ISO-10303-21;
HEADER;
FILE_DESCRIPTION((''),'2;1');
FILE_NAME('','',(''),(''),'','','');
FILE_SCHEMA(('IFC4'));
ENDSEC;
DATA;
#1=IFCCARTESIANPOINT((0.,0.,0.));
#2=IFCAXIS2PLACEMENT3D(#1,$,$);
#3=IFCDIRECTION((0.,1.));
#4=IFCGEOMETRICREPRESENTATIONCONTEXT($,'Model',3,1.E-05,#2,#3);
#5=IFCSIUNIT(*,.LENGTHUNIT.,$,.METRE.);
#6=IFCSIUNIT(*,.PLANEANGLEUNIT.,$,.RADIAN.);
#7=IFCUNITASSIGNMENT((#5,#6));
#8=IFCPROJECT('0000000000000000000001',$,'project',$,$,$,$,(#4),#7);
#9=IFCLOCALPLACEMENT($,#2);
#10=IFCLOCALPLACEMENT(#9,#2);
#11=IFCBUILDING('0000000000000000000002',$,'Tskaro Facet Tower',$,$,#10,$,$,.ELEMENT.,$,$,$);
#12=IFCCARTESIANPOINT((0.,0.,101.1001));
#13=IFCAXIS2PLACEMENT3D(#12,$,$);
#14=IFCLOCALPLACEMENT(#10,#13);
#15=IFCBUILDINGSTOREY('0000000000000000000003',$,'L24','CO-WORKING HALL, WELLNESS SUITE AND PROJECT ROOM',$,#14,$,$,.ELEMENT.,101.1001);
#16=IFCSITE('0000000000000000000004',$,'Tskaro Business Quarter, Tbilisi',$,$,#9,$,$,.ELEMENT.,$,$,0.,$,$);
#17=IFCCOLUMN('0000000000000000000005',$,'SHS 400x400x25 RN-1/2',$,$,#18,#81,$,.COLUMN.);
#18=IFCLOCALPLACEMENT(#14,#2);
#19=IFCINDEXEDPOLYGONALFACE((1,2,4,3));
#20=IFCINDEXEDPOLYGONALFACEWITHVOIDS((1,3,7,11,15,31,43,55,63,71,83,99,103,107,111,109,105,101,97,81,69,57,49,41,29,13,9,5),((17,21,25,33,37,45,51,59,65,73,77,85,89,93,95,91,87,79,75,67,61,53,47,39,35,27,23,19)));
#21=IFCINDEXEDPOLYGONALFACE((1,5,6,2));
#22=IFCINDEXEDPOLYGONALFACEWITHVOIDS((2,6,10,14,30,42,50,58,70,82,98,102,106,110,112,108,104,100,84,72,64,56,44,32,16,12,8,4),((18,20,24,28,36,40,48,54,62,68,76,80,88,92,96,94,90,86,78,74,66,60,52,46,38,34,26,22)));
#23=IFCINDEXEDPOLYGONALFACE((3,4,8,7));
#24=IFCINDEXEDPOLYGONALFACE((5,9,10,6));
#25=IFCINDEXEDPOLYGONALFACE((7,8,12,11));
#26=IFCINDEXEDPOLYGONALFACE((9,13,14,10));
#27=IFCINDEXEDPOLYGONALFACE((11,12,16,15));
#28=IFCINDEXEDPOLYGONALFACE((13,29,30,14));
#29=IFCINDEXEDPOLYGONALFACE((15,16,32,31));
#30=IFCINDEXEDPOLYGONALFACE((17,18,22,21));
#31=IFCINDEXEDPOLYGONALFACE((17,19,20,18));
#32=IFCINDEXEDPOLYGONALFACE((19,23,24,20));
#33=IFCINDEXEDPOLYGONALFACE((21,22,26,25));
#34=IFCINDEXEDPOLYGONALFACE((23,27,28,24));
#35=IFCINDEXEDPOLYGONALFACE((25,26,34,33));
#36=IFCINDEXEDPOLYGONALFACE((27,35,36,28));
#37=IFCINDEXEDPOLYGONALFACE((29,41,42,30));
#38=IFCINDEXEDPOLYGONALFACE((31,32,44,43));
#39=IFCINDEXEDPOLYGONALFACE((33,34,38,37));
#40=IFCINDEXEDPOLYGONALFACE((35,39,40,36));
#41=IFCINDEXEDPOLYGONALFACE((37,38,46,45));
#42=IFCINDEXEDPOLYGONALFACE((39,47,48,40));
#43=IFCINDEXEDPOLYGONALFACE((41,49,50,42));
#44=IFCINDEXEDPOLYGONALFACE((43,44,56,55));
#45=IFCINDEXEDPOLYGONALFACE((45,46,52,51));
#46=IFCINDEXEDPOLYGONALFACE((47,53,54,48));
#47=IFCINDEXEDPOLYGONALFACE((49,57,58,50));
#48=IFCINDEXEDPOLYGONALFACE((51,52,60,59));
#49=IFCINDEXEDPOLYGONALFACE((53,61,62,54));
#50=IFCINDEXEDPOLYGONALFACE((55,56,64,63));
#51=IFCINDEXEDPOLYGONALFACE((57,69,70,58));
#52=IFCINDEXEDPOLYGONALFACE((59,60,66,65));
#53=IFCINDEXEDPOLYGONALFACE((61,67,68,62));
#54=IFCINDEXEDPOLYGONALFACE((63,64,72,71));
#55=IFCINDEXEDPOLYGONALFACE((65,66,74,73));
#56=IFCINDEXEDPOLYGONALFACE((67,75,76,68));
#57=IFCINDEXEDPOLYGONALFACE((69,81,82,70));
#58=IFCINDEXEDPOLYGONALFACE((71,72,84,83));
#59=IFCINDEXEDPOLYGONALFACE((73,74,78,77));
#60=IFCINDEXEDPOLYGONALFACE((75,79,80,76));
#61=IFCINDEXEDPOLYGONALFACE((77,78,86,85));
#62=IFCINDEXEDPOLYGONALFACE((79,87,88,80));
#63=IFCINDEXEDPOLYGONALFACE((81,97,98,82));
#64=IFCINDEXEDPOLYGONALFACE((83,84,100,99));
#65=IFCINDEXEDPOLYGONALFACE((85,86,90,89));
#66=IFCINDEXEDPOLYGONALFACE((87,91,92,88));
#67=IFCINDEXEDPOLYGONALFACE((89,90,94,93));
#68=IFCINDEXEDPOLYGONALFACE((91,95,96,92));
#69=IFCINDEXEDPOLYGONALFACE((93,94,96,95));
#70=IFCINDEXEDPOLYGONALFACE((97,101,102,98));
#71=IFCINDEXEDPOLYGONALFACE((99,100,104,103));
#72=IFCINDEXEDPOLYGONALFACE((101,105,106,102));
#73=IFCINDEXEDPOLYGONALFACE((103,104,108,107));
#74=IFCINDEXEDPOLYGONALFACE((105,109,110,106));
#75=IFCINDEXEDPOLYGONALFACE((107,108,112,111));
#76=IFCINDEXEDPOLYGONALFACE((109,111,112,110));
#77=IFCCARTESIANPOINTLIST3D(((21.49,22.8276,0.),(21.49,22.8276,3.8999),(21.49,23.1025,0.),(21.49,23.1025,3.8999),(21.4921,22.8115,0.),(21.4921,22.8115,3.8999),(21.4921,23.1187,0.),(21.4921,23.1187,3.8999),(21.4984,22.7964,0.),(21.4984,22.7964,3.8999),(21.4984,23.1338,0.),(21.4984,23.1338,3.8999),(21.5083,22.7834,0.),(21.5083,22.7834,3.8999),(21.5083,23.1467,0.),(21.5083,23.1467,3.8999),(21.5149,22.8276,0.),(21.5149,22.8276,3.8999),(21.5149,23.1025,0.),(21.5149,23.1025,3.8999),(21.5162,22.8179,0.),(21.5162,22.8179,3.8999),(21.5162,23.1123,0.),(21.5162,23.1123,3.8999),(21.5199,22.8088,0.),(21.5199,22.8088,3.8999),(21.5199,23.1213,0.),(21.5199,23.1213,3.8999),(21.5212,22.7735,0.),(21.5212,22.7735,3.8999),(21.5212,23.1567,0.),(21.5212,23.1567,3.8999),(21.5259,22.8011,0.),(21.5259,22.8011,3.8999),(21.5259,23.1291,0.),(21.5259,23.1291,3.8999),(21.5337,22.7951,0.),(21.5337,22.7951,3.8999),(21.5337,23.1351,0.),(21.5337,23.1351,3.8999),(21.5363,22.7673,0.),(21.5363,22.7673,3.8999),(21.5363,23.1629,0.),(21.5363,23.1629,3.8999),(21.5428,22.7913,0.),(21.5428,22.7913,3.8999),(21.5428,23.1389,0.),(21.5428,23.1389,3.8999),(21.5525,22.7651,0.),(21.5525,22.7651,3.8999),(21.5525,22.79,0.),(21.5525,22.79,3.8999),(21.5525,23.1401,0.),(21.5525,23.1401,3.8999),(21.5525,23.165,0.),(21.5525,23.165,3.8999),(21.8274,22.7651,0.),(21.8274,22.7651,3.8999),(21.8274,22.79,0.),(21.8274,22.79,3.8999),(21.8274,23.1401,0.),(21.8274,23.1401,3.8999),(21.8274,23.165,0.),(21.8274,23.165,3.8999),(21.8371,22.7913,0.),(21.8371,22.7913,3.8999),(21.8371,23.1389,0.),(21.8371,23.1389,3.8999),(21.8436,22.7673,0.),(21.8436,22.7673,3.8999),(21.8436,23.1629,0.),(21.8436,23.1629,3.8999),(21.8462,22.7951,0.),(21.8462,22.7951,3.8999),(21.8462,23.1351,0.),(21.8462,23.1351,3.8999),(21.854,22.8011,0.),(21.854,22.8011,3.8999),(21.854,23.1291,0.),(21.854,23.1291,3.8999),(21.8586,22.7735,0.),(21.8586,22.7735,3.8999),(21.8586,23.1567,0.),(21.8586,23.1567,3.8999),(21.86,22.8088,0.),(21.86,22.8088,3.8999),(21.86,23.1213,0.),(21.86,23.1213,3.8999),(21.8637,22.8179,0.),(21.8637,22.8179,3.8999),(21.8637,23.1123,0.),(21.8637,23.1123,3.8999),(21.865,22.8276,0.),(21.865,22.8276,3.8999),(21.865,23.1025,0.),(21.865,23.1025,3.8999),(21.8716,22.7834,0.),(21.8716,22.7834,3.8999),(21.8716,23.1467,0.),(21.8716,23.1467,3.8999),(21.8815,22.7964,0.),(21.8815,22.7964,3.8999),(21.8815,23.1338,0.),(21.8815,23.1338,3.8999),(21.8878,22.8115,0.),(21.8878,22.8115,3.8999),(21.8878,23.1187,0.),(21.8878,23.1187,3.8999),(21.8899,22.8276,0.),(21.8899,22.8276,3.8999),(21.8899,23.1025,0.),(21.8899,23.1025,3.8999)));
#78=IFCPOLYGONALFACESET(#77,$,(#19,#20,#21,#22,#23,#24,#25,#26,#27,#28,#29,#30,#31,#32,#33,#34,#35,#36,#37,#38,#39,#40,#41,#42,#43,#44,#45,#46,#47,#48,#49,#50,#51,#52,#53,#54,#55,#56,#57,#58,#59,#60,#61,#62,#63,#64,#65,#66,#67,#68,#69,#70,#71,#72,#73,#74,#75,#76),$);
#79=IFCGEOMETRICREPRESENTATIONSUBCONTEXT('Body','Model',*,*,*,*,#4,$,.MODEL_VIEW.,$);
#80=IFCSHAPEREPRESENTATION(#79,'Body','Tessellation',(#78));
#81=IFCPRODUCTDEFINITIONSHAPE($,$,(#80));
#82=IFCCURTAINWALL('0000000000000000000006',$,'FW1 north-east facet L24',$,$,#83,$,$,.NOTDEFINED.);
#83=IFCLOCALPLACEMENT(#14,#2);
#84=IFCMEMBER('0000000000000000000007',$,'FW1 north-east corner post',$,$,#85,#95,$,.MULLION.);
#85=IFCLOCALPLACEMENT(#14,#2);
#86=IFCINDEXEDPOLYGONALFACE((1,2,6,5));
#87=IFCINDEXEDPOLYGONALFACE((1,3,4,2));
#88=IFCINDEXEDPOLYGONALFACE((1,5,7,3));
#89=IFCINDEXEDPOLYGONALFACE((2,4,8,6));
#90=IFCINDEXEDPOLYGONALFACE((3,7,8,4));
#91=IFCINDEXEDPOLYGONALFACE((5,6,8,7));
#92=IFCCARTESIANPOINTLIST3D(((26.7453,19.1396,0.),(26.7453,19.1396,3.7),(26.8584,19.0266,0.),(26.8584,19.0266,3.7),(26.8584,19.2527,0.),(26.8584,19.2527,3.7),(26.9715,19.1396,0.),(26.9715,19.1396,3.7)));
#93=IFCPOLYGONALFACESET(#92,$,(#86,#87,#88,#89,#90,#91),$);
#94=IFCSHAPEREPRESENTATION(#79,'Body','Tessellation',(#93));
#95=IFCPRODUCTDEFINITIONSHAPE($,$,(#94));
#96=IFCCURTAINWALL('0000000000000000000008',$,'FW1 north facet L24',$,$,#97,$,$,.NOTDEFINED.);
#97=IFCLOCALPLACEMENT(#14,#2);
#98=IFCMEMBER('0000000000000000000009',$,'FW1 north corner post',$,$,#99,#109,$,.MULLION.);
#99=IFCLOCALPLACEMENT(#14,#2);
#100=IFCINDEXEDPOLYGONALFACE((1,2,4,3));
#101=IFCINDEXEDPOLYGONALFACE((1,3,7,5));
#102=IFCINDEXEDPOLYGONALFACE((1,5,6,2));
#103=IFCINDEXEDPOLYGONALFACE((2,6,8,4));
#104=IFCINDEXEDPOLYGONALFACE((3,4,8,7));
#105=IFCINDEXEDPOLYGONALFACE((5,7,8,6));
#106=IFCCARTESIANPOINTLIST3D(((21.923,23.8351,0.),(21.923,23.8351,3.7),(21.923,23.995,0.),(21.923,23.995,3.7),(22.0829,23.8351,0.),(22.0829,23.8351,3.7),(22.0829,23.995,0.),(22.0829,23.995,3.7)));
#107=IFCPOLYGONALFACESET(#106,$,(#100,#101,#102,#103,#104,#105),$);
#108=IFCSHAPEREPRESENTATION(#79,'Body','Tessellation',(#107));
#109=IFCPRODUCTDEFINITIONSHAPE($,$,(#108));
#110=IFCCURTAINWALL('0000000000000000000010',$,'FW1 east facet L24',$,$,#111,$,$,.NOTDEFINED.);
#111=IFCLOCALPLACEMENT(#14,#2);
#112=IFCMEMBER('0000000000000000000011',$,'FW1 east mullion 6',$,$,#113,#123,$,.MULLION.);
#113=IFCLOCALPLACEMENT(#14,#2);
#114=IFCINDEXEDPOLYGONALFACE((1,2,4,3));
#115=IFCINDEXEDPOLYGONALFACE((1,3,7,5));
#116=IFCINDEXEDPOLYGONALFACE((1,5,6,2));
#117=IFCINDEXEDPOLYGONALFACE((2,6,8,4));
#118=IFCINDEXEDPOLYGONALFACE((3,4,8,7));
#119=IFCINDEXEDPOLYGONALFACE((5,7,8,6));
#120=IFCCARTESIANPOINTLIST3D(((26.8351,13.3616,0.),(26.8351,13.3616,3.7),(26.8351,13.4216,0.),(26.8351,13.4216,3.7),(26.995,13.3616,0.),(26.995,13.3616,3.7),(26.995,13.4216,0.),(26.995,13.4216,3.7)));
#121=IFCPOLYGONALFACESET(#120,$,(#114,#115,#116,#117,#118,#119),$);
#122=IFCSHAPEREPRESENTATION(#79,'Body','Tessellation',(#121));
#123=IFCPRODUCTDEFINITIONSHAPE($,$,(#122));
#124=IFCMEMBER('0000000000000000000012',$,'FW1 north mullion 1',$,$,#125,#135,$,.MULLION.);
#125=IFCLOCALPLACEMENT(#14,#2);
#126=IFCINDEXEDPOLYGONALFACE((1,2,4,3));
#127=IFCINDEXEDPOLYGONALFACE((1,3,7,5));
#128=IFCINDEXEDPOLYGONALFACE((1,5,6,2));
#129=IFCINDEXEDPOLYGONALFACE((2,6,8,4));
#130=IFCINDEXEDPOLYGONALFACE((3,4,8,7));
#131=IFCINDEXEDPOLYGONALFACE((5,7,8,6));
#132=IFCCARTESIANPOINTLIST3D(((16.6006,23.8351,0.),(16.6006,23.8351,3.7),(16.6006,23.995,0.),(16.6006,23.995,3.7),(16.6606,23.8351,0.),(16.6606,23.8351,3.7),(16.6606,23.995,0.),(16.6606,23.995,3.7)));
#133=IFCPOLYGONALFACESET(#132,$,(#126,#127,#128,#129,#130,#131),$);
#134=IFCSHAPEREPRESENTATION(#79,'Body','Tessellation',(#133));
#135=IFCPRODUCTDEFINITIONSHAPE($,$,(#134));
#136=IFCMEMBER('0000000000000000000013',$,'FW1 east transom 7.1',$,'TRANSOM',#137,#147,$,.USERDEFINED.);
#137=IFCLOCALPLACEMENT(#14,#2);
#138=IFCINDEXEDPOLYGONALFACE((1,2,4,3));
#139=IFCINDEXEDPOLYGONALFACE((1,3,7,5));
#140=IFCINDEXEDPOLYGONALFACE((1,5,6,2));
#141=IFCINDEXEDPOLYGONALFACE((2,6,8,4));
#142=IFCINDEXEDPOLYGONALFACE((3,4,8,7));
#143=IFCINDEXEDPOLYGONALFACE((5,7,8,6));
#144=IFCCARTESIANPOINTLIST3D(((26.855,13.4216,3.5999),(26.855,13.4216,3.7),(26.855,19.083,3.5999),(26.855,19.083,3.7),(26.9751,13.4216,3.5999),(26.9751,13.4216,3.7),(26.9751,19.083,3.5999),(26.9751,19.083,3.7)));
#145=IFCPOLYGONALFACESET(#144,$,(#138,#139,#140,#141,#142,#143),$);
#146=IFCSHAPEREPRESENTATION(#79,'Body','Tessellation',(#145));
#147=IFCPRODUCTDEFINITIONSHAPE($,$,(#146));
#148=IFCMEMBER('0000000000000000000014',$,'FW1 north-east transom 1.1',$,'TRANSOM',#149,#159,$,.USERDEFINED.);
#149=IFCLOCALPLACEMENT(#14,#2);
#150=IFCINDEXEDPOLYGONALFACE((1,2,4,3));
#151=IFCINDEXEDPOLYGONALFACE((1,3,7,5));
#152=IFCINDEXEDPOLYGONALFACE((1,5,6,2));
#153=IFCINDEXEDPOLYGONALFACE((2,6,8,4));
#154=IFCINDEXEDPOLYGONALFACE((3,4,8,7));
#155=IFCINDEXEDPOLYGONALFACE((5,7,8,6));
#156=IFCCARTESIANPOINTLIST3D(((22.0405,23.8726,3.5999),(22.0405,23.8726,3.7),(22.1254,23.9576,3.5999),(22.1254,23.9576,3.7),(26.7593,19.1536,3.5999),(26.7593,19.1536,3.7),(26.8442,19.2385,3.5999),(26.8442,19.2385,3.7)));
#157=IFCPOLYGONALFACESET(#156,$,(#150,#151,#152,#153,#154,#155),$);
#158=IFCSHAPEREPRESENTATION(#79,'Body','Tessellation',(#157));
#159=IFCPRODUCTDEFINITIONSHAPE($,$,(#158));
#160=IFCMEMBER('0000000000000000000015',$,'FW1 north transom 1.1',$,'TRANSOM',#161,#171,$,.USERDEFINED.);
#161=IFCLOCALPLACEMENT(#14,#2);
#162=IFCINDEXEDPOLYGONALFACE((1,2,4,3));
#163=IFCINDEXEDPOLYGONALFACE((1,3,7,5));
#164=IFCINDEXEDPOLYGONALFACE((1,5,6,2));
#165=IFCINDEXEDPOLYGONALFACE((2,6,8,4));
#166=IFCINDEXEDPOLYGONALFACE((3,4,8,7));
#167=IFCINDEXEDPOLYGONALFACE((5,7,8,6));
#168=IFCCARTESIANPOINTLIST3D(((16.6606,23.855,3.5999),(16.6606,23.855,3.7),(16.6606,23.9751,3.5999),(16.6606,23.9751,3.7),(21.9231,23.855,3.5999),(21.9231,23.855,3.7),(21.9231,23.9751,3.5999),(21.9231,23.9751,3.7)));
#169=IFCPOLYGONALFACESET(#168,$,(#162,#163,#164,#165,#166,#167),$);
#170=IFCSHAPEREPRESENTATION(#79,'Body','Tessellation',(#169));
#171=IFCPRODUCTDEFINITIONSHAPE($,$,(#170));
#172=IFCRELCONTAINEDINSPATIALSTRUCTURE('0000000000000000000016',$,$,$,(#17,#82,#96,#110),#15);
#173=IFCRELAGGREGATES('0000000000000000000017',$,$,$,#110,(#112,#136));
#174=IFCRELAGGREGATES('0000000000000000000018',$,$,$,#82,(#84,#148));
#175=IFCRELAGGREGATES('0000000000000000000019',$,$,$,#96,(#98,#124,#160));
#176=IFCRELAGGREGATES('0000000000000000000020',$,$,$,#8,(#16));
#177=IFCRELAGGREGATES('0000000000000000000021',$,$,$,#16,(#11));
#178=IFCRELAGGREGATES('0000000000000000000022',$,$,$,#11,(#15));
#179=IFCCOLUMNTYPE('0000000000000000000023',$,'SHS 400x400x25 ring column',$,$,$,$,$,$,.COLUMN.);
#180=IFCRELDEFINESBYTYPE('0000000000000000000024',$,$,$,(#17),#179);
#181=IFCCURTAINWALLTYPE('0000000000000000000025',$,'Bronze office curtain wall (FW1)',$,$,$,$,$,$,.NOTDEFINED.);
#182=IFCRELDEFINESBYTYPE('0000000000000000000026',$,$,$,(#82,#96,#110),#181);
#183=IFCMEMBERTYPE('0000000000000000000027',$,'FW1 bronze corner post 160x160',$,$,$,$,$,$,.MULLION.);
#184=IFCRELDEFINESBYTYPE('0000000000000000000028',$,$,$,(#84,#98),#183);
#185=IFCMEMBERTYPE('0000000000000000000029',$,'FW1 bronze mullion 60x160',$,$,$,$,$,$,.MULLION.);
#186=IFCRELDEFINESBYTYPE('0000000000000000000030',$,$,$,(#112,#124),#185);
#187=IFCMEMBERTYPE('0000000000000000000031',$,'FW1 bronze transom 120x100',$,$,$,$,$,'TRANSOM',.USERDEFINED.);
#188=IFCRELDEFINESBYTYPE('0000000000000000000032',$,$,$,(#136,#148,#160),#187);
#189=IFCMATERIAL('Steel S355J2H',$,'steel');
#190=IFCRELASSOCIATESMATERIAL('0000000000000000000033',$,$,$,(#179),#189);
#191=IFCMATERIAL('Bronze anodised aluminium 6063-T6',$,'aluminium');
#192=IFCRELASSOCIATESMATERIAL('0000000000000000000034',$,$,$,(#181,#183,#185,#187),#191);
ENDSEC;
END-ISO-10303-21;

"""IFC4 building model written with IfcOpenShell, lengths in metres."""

from ifc_helpers import new_model, si_unit, direction, frame, origin, origin_2d, place, context, subcontext, project, spatial, rectangle, hollow_rectangle, extrude, material, material_profile, profile_set, type_object, element, aggregate, save


model = new_model("IFC4")

# Units and contexts
model_context = context("Model", 3, precision=1e-05, world=origin(), true_north=direction((0.0, 1.0)))
body_context = subcontext(model_context, "Body", "Model", "MODEL_VIEW")
ifc_project = project(units=[si_unit("LENGTHUNIT", "METRE"), si_unit("PLANEANGLEUNIT", "RADIAN")], contexts=[model_context])

# Site, building, storey
site_placement = place(None, origin())
site = spatial("IfcSite", under=ifc_project, at=site_placement, Name="Tskaro Business Quarter, Tbilisi", CompositionType="ELEMENT", RefElevation=0.0)
building_placement = place(site_placement, origin())
building = spatial("IfcBuilding", under=site, at=building_placement, Name="Tskaro Facet Tower", CompositionType="ELEMENT")
storey_placement = place(building_placement, frame((0.0, 0.0, 101.1001)))
storey = spatial("IfcBuildingStorey", under=building, at=storey_placement, Name="L24", Description="CO-WORKING HALL, WELLNESS SUITE AND PROJECT ROOM", CompositionType="ELEMENT", Elevation=101.1001)

# Column
ifc_material_1 = material(Name="Steel S355J2H", Category="steel")
ifc_material_profile_1 = material_profile(ifc_material_1, hollow_rectangle(XDim=0.3999, YDim=0.3999, WallThickness=0.0249, InnerFilletRadius=0.0376, OuterFilletRadius=0.0625, at=origin_2d()), Name="SHS 400x400x25")
ifc_profile_set_1 = profile_set([ifc_material_profile_1], Name="Steel S355J2H")
column_type_1 = type_object("IfcColumnType", Name="SHS 400x400x25 ring column", PredefinedType="COLUMN", material=ifc_profile_set_1)
for number, where, z_axis, x_axis, name in (
    (1, (21.6899, 22.9651, 0.0), (0.0, 0.0, 1.0), (1.0, 0.0, 0.0), "SHS 400x400x25 RN-1/2"),
):
    element("IfcColumn", number, at=place(storey_placement, frame(where, z_axis=z_axis, x_axis=x_axis)), inside=storey, type_object=column_type_1, Name=name, PredefinedType="COLUMN", context=body_context, shape_type="SweptSolid", body=[
        extrude(hollow_rectangle(XDim=0.3999, YDim=0.3999, WallThickness=0.0249, InnerFilletRadius=0.0376, OuterFilletRadius=0.0625, at=origin_2d()), origin(), (0.0, 0.0, 1.0), 3.8999),
    ])

# Curtain walls, members
ifc_material_2 = material(Name="Bronze anodised aluminium 6063-T6", Category="aluminium")
curtain_wall_type = type_object("IfcCurtainWallType", Name="Bronze office curtain wall (FW1)", PredefinedType="NOTDEFINED", material=ifc_material_2)
curtain_wall_1_placement = place(storey_placement, origin())
curtain_wall_1 = element("IfcCurtainWall", 2, at=curtain_wall_1_placement, inside=storey, type_object=curtain_wall_type, Name="FW1 north-east facet L24", PredefinedType="NOTDEFINED")
ifc_material_profile_2 = material_profile(ifc_material_2, rectangle(XDim=0.1599, YDim=0.1599, at=origin_2d()), Name="Corner post 160x160")
ifc_profile_set_2 = profile_set([ifc_material_profile_2], Name="Bronze anodised aluminium 6063-T6")
member_type_1 = type_object("IfcMemberType", Name="FW1 bronze corner post 160x160", PredefinedType="MULLION", material=ifc_profile_set_2)
member_1_placement = place(storey_placement, frame((26.8584, 19.1396, 0.0), z_axis=(0.0, 0.0, 1.0), x_axis=(-0.707107, 0.707107, 0.0)))
member_1 = element("IfcMember", 3, at=member_1_placement, type_object=member_type_1, Name="FW1 north-east corner post", PredefinedType="MULLION", context=body_context, shape_type="SweptSolid", body=[
    extrude(rectangle(XDim=0.1599, YDim=0.1599, at=origin_2d()), origin(), (0.0, 0.0, 1.0), 3.7),
])
curtain_wall_2_placement = place(storey_placement, origin())
curtain_wall_2 = element("IfcCurtainWall", 4, at=curtain_wall_2_placement, inside=storey, type_object=curtain_wall_type, Name="FW1 north facet L24", PredefinedType="NOTDEFINED")
member_2_placement = place(storey_placement, frame((22.0029, 23.915, 0.0), z_axis=(0.0, 0.0, 1.0), x_axis=(-1.0, 0.0, 0.0)))
member_2 = element("IfcMember", 5, at=member_2_placement, type_object=member_type_1, Name="FW1 north corner post", PredefinedType="MULLION", context=body_context, shape_type="SweptSolid", body=[
    extrude(rectangle(XDim=0.1599, YDim=0.1599, at=origin_2d()), origin(), (0.0, 0.0, 1.0), 3.7),
])
curtain_wall_3_placement = place(storey_placement, origin())
curtain_wall_3 = element("IfcCurtainWall", 6, at=curtain_wall_3_placement, inside=storey, type_object=curtain_wall_type, Name="FW1 east facet L24", PredefinedType="NOTDEFINED")
ifc_material_profile_3 = material_profile(ifc_material_2, rectangle(XDim=0.0601, YDim=0.1599, at=origin_2d()), Name="Mullion 60x160")
ifc_profile_set_3 = profile_set([ifc_material_profile_3], Name="Bronze anodised aluminium 6063-T6")
member_type_2 = type_object("IfcMemberType", Name="FW1 bronze mullion 60x160", PredefinedType="MULLION", material=ifc_profile_set_3)
member_3_placement = place(storey_placement, frame((26.915, 13.3916, 0.0), z_axis=(0.0, 0.0, 1.0), x_axis=(0.0, 1.0, 0.0)))
member_3 = element("IfcMember", 7, at=member_3_placement, type_object=member_type_2, Name="FW1 east mullion 6", PredefinedType="MULLION", context=body_context, shape_type="SweptSolid", body=[
    extrude(rectangle(XDim=0.0601, YDim=0.1599, at=origin_2d()), origin(), (0.0, 0.0, 1.0), 3.7),
])

# Members
member_4_placement = place(storey_placement, frame((16.6306, 23.915, 0.0), z_axis=(0.0, 0.0, 1.0), x_axis=(-1.0, 0.0, 0.0)))
member_4 = element("IfcMember", 8, at=member_4_placement, type_object=member_type_2, Name="FW1 north mullion 1", PredefinedType="MULLION", context=body_context, shape_type="SweptSolid", body=[
    extrude(rectangle(XDim=0.0601, YDim=0.1599, at=origin_2d()), origin(), (0.0, 0.0, 1.0), 3.7),
])
ifc_material_profile_4 = material_profile(ifc_material_2, rectangle(XDim=0.1201, YDim=0.1001, at=origin_2d()), Name="Transom 120x100")
ifc_profile_set_4 = profile_set([ifc_material_profile_4], Name="Bronze anodised aluminium 6063-T6")
member_type_3 = type_object("IfcMemberType", Name="FW1 bronze transom 120x100", ElementType="TRANSOM", PredefinedType="USERDEFINED", material=ifc_profile_set_4)
member_5_placement = place(storey_placement, frame((26.915, 13.4216, 3.6499), z_axis=(0.0, 1.0, 0.0), x_axis=(-1.0, 0.0, 0.0)))
member_5 = element("IfcMember", 9, at=member_5_placement, type_object=member_type_3, Name="FW1 east transom 7.1", ObjectType="TRANSOM", PredefinedType="USERDEFINED", context=body_context, shape_type="SweptSolid", body=[
    extrude(rectangle(XDim=0.1201, YDim=0.1001, at=origin_2d()), origin(), (0.0, 0.0, 1.0), 5.6614),
])
member_6_placement = place(storey_placement, frame((26.8018, 19.196, 3.6499), z_axis=(-0.707088, 0.707125, 0.0), x_axis=(-0.707125, -0.707088, 0.0)))
member_6 = element("IfcMember", 10, at=member_6_placement, type_object=member_type_3, Name="FW1 north-east transom 1.1", ObjectType="TRANSOM", PredefinedType="USERDEFINED", context=body_context, shape_type="SweptSolid", body=[
    extrude(rectangle(XDim=0.1201, YDim=0.1001, at=origin_2d()), origin(), (0.0, 0.0, 1.0), 6.6736),
])
member_7_placement = place(storey_placement, frame((21.9231, 23.915, 3.6499), z_axis=(-1.0, 0.0, 0.0), x_axis=(0.0, -1.0, 0.0)))
member_7 = element("IfcMember", 11, at=member_7_placement, type_object=member_type_3, Name="FW1 north transom 1.1", ObjectType="TRANSOM", PredefinedType="USERDEFINED", context=body_context, shape_type="SweptSolid", body=[
    extrude(rectangle(XDim=0.1201, YDim=0.1001, at=origin_2d()), origin(), (0.0, 0.0, 1.0), 5.2625),
])

aggregate(curtain_wall_3, [member_3, member_5])
aggregate(curtain_wall_1, [member_1, member_6])
aggregate(curtain_wall_2, [member_2, member_4, member_7])

save(model, "model.ifc")
